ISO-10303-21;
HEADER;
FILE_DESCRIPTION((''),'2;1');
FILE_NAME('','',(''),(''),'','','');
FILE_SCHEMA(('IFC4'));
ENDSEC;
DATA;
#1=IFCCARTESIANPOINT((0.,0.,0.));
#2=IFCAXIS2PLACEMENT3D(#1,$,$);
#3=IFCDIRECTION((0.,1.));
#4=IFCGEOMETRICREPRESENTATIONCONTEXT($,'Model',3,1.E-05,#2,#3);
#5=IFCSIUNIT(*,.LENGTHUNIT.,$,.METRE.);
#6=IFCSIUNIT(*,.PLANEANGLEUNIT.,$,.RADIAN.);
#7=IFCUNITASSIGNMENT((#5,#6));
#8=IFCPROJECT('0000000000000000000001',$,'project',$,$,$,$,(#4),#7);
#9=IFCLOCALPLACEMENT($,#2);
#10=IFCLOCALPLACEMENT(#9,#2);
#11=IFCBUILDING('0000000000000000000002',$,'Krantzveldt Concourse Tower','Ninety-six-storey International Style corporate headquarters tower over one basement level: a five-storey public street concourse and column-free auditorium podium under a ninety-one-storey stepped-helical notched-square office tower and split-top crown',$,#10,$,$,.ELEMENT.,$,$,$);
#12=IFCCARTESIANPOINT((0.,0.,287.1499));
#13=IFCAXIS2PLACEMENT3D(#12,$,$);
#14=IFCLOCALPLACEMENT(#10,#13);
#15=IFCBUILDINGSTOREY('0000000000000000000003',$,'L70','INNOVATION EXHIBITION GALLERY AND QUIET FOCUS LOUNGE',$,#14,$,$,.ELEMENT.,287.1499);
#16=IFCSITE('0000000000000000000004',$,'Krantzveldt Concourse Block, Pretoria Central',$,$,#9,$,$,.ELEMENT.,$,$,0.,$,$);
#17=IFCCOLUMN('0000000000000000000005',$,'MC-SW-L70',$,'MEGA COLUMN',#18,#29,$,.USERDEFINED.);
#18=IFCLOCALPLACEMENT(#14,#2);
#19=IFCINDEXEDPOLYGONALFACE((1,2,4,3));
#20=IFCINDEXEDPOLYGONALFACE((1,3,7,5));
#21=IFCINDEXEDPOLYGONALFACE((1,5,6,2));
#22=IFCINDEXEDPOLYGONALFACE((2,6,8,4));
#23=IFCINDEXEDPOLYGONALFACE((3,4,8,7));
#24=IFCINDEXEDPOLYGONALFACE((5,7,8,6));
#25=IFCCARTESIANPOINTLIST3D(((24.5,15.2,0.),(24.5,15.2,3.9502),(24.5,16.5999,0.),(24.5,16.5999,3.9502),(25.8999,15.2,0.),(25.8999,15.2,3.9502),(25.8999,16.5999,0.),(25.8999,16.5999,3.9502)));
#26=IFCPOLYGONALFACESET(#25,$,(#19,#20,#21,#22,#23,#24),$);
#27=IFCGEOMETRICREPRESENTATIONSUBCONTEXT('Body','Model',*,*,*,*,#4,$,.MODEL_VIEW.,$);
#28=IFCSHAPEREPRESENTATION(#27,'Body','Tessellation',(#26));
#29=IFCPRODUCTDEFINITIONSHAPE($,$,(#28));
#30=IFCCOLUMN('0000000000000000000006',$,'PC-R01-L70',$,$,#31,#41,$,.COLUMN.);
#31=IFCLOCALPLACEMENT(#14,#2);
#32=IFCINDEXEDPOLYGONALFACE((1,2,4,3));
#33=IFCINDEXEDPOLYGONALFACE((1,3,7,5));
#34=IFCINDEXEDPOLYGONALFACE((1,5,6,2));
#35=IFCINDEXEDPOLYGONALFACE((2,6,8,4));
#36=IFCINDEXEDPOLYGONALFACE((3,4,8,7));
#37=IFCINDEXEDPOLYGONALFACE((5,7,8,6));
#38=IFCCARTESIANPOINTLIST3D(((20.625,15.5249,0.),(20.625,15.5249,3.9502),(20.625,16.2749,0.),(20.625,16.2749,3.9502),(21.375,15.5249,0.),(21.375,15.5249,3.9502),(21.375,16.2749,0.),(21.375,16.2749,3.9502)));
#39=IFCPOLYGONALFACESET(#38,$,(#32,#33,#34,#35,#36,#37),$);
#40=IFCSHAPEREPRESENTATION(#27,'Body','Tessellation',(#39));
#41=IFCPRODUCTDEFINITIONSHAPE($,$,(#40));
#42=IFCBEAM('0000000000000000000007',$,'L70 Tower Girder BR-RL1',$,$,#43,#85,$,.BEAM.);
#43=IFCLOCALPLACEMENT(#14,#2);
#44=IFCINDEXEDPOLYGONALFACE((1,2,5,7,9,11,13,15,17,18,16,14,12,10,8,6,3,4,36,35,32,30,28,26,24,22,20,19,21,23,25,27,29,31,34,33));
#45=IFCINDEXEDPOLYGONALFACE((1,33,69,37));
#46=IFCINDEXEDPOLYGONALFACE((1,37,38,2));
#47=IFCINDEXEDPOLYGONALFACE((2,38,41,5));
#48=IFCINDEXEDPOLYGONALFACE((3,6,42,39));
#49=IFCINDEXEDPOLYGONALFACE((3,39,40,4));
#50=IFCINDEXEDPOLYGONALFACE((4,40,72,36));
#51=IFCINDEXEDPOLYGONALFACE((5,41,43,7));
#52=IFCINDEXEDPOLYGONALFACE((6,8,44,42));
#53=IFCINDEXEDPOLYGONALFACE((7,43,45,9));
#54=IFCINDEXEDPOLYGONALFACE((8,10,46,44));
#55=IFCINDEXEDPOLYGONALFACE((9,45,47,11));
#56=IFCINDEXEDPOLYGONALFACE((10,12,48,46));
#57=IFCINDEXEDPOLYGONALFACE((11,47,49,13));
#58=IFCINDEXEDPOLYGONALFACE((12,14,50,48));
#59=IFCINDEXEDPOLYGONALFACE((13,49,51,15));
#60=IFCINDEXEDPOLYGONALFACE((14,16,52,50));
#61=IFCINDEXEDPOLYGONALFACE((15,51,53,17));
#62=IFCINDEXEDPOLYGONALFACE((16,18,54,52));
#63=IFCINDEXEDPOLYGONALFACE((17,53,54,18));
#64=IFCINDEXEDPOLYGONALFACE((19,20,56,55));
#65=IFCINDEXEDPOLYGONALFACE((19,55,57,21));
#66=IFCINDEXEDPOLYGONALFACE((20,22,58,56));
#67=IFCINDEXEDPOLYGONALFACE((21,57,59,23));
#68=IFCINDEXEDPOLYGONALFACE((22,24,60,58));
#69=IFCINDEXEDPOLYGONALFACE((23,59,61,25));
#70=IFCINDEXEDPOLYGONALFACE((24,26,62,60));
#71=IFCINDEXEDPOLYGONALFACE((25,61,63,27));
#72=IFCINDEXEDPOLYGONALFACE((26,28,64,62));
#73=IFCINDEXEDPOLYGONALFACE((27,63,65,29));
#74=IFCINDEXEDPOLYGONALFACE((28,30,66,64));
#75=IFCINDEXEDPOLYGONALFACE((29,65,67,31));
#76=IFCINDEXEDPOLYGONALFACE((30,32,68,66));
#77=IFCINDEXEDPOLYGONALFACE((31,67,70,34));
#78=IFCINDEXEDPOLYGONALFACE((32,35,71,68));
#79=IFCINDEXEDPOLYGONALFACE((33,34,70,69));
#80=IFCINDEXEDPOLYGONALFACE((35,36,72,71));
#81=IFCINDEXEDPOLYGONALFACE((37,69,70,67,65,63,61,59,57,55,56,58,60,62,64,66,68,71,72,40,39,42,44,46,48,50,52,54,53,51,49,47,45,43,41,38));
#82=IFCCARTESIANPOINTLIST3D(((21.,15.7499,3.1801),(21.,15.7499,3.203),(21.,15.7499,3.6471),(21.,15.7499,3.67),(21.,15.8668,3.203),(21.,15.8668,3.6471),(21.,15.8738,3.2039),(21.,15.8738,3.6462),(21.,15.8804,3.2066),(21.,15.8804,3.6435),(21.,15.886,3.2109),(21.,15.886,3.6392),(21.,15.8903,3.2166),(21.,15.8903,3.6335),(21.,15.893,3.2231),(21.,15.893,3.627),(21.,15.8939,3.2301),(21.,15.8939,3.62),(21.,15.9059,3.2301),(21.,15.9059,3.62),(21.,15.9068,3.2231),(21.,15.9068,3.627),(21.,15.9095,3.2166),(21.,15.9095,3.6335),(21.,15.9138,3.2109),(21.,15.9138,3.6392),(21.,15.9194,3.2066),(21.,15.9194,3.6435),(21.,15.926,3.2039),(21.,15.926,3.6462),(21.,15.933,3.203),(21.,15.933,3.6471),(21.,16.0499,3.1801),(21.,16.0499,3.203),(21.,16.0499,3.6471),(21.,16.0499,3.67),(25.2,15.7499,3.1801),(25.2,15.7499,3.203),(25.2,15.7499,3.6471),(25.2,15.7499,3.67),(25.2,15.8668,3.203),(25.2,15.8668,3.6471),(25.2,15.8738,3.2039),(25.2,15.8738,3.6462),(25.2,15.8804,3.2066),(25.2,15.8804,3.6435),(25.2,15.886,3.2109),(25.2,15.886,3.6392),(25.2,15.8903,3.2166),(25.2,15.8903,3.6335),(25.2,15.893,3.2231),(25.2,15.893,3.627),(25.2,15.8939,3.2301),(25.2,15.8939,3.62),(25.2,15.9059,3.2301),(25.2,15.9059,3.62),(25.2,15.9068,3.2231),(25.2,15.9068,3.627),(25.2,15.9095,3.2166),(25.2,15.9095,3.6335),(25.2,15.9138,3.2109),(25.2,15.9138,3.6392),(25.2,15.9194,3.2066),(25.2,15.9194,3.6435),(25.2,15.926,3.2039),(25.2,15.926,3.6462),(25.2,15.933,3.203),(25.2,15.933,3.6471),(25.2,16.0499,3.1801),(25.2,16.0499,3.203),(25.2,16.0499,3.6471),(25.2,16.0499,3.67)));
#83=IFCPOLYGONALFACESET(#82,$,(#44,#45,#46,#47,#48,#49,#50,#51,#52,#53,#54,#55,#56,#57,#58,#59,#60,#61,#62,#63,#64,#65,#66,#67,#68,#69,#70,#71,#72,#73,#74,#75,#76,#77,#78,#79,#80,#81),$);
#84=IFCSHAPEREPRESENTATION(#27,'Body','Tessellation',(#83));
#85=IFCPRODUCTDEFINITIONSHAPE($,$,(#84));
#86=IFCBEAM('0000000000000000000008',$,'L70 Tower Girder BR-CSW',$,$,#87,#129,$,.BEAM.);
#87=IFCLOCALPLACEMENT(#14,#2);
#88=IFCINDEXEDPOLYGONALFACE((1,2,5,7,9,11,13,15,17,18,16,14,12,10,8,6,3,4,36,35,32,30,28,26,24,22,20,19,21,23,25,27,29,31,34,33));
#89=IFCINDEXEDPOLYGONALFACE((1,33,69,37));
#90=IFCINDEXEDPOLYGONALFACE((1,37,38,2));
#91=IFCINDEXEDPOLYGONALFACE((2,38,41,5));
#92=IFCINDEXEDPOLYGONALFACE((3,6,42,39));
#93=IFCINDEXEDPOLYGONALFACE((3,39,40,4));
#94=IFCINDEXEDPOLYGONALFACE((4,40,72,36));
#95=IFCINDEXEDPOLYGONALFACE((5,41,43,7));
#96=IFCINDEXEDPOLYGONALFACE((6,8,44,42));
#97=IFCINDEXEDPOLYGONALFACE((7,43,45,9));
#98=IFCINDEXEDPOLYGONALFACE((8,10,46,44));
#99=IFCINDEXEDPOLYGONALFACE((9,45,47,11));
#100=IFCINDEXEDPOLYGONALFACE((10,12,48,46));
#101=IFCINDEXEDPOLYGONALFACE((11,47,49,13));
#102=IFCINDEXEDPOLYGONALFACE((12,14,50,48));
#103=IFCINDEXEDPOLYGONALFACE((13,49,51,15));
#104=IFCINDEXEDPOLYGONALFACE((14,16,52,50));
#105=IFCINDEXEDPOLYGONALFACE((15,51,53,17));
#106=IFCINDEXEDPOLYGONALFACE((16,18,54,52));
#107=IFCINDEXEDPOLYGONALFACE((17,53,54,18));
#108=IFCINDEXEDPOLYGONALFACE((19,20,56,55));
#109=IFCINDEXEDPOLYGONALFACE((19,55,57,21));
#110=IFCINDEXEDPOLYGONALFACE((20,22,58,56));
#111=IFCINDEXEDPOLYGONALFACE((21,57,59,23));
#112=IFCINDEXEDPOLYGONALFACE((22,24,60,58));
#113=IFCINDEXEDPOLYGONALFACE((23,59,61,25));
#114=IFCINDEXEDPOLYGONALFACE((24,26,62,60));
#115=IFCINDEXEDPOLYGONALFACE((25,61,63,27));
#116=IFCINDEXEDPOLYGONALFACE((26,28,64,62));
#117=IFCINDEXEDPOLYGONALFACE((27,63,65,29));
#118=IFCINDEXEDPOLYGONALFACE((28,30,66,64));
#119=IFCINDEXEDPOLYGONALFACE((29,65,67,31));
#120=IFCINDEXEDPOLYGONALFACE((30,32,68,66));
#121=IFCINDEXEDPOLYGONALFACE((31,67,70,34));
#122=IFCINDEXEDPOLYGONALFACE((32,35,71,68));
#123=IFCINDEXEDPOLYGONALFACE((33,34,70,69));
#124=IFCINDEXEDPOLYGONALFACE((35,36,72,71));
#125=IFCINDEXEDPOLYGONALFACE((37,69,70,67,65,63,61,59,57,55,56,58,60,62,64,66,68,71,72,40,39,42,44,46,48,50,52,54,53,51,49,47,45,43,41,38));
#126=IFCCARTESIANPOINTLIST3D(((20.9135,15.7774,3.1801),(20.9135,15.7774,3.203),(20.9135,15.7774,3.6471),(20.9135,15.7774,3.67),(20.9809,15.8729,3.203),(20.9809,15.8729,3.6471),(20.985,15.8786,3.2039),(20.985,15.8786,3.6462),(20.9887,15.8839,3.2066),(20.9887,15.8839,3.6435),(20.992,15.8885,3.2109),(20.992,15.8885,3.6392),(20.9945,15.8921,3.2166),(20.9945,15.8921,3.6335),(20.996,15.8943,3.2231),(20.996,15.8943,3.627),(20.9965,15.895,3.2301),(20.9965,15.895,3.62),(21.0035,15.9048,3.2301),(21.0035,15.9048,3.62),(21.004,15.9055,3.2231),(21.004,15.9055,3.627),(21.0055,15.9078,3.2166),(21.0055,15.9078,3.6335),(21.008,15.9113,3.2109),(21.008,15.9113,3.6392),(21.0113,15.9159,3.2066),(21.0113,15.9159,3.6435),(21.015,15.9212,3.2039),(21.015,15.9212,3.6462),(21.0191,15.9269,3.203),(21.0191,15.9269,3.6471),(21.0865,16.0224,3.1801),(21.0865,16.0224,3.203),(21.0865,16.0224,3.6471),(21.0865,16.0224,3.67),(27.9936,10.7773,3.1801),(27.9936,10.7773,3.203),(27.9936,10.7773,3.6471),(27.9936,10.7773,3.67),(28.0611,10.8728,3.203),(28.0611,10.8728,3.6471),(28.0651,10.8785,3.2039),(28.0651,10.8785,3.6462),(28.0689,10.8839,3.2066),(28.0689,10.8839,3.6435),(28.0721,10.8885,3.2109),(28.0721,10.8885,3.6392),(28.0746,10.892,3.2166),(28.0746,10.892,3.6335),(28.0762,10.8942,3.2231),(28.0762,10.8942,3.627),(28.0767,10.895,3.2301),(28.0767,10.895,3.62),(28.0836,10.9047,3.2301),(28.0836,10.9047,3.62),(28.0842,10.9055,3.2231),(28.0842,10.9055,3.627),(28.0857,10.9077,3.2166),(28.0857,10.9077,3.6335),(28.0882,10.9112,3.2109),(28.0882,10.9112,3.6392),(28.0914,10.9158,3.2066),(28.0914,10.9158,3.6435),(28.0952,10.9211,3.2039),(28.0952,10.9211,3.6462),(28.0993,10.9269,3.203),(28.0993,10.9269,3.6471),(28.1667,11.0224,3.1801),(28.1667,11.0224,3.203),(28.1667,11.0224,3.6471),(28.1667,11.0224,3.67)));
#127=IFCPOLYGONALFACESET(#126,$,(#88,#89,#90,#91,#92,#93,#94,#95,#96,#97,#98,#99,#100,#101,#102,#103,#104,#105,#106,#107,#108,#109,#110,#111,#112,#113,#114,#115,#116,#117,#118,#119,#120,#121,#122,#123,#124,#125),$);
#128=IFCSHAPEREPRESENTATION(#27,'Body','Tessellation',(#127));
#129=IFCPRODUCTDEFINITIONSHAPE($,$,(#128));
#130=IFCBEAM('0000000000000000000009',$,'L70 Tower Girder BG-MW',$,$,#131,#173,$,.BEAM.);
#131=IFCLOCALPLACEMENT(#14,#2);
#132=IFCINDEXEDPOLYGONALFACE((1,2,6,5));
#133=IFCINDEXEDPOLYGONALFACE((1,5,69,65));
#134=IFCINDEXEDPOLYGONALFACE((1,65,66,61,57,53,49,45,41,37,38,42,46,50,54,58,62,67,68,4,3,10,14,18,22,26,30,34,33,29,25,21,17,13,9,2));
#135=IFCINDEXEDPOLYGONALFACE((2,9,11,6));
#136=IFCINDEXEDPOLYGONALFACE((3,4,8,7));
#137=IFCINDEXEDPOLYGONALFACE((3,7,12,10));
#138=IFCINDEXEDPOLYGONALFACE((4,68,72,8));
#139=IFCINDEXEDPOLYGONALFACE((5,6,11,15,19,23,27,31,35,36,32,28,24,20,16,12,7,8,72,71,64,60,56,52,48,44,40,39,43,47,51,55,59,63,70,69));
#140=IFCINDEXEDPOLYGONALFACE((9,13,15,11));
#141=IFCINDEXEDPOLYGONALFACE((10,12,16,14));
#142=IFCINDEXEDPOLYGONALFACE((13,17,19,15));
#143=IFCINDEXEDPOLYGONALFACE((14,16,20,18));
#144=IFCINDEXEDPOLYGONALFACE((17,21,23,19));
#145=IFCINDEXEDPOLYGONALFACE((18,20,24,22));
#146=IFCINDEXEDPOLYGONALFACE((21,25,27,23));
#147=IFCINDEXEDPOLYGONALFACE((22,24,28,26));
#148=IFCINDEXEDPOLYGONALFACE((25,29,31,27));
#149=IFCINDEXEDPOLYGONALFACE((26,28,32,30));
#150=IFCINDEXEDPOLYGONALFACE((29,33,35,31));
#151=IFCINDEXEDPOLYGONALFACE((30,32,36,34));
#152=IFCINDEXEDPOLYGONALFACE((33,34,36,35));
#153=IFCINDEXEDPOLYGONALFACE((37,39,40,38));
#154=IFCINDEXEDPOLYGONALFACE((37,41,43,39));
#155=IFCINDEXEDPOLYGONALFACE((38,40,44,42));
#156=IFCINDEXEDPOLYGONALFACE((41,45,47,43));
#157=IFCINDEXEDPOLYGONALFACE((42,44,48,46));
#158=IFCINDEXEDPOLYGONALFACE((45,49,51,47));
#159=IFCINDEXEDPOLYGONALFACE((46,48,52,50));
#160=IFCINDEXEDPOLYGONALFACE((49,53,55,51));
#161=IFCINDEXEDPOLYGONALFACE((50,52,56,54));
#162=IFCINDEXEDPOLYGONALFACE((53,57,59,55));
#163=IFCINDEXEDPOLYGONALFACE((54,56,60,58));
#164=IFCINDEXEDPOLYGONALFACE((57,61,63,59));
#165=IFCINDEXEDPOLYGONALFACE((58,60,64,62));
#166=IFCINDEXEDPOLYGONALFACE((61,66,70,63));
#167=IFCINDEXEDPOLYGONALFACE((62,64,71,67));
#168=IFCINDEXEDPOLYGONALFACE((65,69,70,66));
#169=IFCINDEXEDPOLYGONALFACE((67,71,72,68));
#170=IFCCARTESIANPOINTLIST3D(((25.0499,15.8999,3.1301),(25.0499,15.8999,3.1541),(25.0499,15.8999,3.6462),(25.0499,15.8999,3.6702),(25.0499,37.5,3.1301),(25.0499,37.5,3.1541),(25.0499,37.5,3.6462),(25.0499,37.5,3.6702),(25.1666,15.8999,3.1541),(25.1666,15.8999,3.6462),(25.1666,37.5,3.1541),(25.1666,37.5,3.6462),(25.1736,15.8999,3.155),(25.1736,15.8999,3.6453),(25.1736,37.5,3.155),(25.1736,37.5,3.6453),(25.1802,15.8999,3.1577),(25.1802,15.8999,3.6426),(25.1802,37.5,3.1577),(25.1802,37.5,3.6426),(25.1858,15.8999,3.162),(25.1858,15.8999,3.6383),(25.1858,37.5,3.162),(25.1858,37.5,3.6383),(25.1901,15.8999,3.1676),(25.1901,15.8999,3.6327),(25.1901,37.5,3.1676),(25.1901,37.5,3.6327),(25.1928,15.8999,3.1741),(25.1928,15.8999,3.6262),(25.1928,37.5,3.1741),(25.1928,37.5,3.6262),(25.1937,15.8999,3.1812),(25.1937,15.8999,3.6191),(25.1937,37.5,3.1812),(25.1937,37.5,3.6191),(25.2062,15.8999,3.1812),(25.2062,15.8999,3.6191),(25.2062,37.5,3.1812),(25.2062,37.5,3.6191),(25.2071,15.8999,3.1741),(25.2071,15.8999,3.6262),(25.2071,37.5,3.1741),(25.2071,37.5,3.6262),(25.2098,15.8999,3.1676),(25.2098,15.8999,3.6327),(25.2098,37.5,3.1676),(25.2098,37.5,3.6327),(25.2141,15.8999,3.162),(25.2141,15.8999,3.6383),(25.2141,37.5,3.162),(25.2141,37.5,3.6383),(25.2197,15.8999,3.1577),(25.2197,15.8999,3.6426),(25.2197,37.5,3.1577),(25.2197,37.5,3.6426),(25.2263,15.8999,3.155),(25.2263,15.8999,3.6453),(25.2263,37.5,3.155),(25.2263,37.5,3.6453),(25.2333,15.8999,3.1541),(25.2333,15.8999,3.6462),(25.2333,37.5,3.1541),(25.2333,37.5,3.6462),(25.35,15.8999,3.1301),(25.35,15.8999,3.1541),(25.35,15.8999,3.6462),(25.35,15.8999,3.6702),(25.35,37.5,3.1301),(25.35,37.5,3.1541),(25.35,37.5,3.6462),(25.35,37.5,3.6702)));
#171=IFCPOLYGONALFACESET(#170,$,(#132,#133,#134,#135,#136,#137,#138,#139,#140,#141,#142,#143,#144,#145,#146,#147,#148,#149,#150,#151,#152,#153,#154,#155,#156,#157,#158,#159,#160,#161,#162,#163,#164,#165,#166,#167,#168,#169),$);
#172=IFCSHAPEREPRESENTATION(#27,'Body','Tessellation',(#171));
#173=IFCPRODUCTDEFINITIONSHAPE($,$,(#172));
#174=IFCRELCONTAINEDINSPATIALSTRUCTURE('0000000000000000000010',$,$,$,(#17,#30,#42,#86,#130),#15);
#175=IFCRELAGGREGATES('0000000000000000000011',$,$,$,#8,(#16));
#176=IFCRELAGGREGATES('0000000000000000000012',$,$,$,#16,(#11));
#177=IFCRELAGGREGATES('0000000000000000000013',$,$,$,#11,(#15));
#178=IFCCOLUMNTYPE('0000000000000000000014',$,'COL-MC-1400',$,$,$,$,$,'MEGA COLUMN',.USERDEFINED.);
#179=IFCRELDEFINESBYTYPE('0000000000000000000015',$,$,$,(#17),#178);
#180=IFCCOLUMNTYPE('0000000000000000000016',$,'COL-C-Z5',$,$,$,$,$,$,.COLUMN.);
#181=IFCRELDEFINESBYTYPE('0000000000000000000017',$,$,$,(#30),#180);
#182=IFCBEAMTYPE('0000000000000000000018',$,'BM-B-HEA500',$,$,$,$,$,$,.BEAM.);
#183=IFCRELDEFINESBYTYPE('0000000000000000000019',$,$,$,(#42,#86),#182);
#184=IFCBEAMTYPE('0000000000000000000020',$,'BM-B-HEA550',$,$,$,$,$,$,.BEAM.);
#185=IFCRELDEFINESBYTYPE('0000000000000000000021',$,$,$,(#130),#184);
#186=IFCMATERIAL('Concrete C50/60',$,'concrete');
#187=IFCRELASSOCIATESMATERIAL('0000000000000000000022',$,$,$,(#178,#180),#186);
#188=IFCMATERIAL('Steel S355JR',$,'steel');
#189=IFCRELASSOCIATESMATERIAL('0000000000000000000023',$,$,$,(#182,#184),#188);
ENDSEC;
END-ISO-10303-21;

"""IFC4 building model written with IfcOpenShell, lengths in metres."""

from ifc_helpers import new_model, si_unit, direction, frame, origin, origin_2d, place, context, subcontext, project, spatial, rectangle, i_section, extrude, source, transform, mapped, material, material_profile, profile_set, type_object, type_shapes, element, save


model = new_model("IFC4")

# Units and contexts
model_context = context("Model", 3, precision=1e-05, world=origin(), true_north=direction((0.0, 1.0)))
body_context = subcontext(model_context, "Body", "Model", "MODEL_VIEW")
ifc_project = project(units=[si_unit("LENGTHUNIT", "METRE"), si_unit("PLANEANGLEUNIT", "RADIAN")], contexts=[model_context])

# Site, building, storey
site_placement = place(None, origin())
site = spatial("IfcSite", under=ifc_project, at=site_placement, Name="Krantzveldt Concourse Block, Pretoria Central", CompositionType="ELEMENT", RefElevation=0.0)
building_placement = place(site_placement, origin())
building = spatial("IfcBuilding", under=site, at=building_placement, Name="Krantzveldt Concourse Tower", Description="Ninety-six-storey International Style corporate headquarters tower over one basement level: a five-storey public street concourse and column-free auditorium podium under a ninety-one-storey stepped-helical notched-square office tower and split-top crown", CompositionType="ELEMENT")
storey_placement = place(building_placement, frame((0.0, 0.0, 287.1499)))
storey = spatial("IfcBuildingStorey", under=building, at=storey_placement, Name="L70", Description="INNOVATION EXHIBITION GALLERY AND QUIET FOCUS LOUNGE", CompositionType="ELEMENT", Elevation=287.1499)

# Columns
ifc_material_1 = material(Name="Concrete C50/60", Category="concrete")
ifc_material_profile_1 = material_profile(ifc_material_1, rectangle(XDim=1.3999, YDim=1.3999, at=origin_2d()), Name="Concrete C50/60", Category="concrete")
ifc_profile_set_1 = profile_set([ifc_material_profile_1], Name="Concrete C50/60 - RC 1400x1400")
column_type_1 = type_object("IfcColumnType", Name="COL-MC-1400", ElementType="MEGA COLUMN", PredefinedType="USERDEFINED", material=ifc_profile_set_1)
shared_shape_1 = source(origin(), body_context, "Body", "SweptSolid", [
    extrude(rectangle(XDim=1.3999, YDim=1.3999, at=origin_2d()), origin(), (0.0, 0.0, 1.0), 3.9502),
])
type_shapes(column_type_1, [shared_shape_1])
column_1_placement = place(storey_placement, frame((25.2, 15.8999, 0.0), z_axis=(0.0, 0.0, 1.0), x_axis=(1.0, 0.0, 0.0)))
element("IfcColumn", 1, at=column_1_placement, inside=storey, type_object=column_type_1, Name="MC-SW-L70", ObjectType="MEGA COLUMN", PredefinedType="USERDEFINED", context=body_context, shape_type="MappedRepresentation", body=[
    mapped(shared_shape_1, transform((0.0, 0.0, 0.0), x_axis=(1.0, 0.0, 0.0), y_axis=(0.0, 1.0, 0.0), z_axis=(0.0, 0.0, 1.0), scale=1.0)),
])
ifc_material_profile_2 = material_profile(ifc_material_1, rectangle(XDim=0.75, YDim=0.75, at=origin_2d()), Name="Concrete C50/60", Category="concrete")
ifc_profile_set_2 = profile_set([ifc_material_profile_2], Name="Concrete C50/60 - RC 750x750")
column_type_2 = type_object("IfcColumnType", Name="COL-C-Z5", PredefinedType="COLUMN", material=ifc_profile_set_2)
shared_shape_2 = source(origin(), body_context, "Body", "SweptSolid", [
    extrude(rectangle(XDim=0.75, YDim=0.75, at=origin_2d()), origin(), (0.0, 0.0, 1.0), 3.9502),
])
type_shapes(column_type_2, [shared_shape_2])
column_2_placement = place(storey_placement, frame((21.0, 15.8999, 0.0), z_axis=(0.0, 0.0, 1.0), x_axis=(1.0, 0.0, 0.0)))
element("IfcColumn", 2, at=column_2_placement, inside=storey, type_object=column_type_2, Name="PC-R01-L70", PredefinedType="COLUMN", context=body_context, shape_type="MappedRepresentation", body=[
    mapped(shared_shape_2, transform((0.0, 0.0, 0.0), x_axis=(1.0, 0.0, 0.0), y_axis=(0.0, 1.0, 0.0), z_axis=(0.0, 0.0, 1.0), scale=1.0)),
])

# Beams
ifc_material_2 = material(Name="Steel S355JR", Category="steel")
ifc_material_profile_3 = material_profile(ifc_material_2, i_section(OverallWidth=0.3, OverallDepth=0.49, WebThickness=0.012, FlangeThickness=0.0229, FilletRadius=0.0271, at=origin_2d()), Name="Steel S355JR", Category="steel")
ifc_profile_set_3 = profile_set([ifc_material_profile_3], Name="Steel S355JR - HEA 500")
beam_type_1 = type_object("IfcBeamType", Name="BM-B-HEA500", PredefinedType="BEAM", material=ifc_profile_set_3)
shared_shape_3 = source(origin(), body_context, "Body", "SweptSolid", [
    extrude(i_section(OverallWidth=0.3, OverallDepth=0.49, WebThickness=0.012, FlangeThickness=0.0229, FilletRadius=0.0271, at=origin_2d()), origin(), (0.0, 0.0, 1.0), 4.2),
])
beam_1_placement = place(storey_placement, frame((21.0, 15.8999, 3.425), z_axis=(1.0, 0.0, 0.0), x_axis=(0.0, 1.0, 0.0)))
element("IfcBeam", 3, at=beam_1_placement, inside=storey, type_object=beam_type_1, Name="L70 Tower Girder BR-RL1", PredefinedType="BEAM", context=body_context, shape_type="MappedRepresentation", body=[
    mapped(shared_shape_3, transform((0.0, 0.0, 0.0), x_axis=(1.0, 0.0, 0.0), y_axis=(0.0, 1.0, 0.0), z_axis=(0.0, 0.0, 1.0), scale=1.0)),
])
shared_shape_4 = source(origin(), body_context, "Body", "SweptSolid", [
    extrude(i_section(OverallWidth=0.3, OverallDepth=0.49, WebThickness=0.012, FlangeThickness=0.0229, FilletRadius=0.0271, at=origin_2d()), origin(), (0.0, 0.0, 1.0), 8.6677),
])
type_shapes(beam_type_1, [shared_shape_3, shared_shape_4])
beam_2_placement = place(storey_placement, frame((21.0, 15.8999, 3.425), z_axis=(0.816843, -0.57686, 0.0), x_axis=(0.57686, 0.816843, 0.0)))
element("IfcBeam", 4, at=beam_2_placement, inside=storey, type_object=beam_type_1, Name="L70 Tower Girder BR-CSW", PredefinedType="BEAM", context=body_context, shape_type="MappedRepresentation", body=[
    mapped(shared_shape_4, transform((0.0, 0.0, 0.0), x_axis=(1.0, 0.0, 0.0), y_axis=(0.0, 1.0, 0.0), z_axis=(0.0, 0.0, 1.0), scale=1.0)),
])
ifc_material_profile_4 = material_profile(ifc_material_2, i_section(OverallWidth=0.3, OverallDepth=0.54, WebThickness=0.0125, FlangeThickness=0.0239, FilletRadius=0.0271, at=origin_2d()), Name="Steel S355JR", Category="steel")
ifc_profile_set_4 = profile_set([ifc_material_profile_4], Name="Steel S355JR - HEA 550")
beam_type_2 = type_object("IfcBeamType", Name="BM-B-HEA550", PredefinedType="BEAM", material=ifc_profile_set_4)
shared_shape_5 = source(origin(), body_context, "Body", "SweptSolid", [
    extrude(i_section(OverallWidth=0.3, OverallDepth=0.54, WebThickness=0.0125, FlangeThickness=0.0239, FilletRadius=0.0271, at=origin_2d()), origin(), (0.0, 0.0, 1.0), 21.6001),
])
beam_3_placement = place(storey_placement, frame((25.2, 15.8999, 3.4001), z_axis=(0.0, 1.0, 0.0), x_axis=(-1.0, 0.0, 0.0)))
element("IfcBeam", 5, at=beam_3_placement, inside=storey, type_object=beam_type_2, Name="L70 Tower Girder BG-MW", PredefinedType="BEAM", context=body_context, shape_type="MappedRepresentation", body=[
    mapped(shared_shape_5, transform((0.0, 0.0, 0.0), x_axis=(1.0, 0.0, 0.0), y_axis=(0.0, 1.0, 0.0), z_axis=(0.0, 0.0, 1.0), scale=1.0)),
])

save(model, "model.ifc")
